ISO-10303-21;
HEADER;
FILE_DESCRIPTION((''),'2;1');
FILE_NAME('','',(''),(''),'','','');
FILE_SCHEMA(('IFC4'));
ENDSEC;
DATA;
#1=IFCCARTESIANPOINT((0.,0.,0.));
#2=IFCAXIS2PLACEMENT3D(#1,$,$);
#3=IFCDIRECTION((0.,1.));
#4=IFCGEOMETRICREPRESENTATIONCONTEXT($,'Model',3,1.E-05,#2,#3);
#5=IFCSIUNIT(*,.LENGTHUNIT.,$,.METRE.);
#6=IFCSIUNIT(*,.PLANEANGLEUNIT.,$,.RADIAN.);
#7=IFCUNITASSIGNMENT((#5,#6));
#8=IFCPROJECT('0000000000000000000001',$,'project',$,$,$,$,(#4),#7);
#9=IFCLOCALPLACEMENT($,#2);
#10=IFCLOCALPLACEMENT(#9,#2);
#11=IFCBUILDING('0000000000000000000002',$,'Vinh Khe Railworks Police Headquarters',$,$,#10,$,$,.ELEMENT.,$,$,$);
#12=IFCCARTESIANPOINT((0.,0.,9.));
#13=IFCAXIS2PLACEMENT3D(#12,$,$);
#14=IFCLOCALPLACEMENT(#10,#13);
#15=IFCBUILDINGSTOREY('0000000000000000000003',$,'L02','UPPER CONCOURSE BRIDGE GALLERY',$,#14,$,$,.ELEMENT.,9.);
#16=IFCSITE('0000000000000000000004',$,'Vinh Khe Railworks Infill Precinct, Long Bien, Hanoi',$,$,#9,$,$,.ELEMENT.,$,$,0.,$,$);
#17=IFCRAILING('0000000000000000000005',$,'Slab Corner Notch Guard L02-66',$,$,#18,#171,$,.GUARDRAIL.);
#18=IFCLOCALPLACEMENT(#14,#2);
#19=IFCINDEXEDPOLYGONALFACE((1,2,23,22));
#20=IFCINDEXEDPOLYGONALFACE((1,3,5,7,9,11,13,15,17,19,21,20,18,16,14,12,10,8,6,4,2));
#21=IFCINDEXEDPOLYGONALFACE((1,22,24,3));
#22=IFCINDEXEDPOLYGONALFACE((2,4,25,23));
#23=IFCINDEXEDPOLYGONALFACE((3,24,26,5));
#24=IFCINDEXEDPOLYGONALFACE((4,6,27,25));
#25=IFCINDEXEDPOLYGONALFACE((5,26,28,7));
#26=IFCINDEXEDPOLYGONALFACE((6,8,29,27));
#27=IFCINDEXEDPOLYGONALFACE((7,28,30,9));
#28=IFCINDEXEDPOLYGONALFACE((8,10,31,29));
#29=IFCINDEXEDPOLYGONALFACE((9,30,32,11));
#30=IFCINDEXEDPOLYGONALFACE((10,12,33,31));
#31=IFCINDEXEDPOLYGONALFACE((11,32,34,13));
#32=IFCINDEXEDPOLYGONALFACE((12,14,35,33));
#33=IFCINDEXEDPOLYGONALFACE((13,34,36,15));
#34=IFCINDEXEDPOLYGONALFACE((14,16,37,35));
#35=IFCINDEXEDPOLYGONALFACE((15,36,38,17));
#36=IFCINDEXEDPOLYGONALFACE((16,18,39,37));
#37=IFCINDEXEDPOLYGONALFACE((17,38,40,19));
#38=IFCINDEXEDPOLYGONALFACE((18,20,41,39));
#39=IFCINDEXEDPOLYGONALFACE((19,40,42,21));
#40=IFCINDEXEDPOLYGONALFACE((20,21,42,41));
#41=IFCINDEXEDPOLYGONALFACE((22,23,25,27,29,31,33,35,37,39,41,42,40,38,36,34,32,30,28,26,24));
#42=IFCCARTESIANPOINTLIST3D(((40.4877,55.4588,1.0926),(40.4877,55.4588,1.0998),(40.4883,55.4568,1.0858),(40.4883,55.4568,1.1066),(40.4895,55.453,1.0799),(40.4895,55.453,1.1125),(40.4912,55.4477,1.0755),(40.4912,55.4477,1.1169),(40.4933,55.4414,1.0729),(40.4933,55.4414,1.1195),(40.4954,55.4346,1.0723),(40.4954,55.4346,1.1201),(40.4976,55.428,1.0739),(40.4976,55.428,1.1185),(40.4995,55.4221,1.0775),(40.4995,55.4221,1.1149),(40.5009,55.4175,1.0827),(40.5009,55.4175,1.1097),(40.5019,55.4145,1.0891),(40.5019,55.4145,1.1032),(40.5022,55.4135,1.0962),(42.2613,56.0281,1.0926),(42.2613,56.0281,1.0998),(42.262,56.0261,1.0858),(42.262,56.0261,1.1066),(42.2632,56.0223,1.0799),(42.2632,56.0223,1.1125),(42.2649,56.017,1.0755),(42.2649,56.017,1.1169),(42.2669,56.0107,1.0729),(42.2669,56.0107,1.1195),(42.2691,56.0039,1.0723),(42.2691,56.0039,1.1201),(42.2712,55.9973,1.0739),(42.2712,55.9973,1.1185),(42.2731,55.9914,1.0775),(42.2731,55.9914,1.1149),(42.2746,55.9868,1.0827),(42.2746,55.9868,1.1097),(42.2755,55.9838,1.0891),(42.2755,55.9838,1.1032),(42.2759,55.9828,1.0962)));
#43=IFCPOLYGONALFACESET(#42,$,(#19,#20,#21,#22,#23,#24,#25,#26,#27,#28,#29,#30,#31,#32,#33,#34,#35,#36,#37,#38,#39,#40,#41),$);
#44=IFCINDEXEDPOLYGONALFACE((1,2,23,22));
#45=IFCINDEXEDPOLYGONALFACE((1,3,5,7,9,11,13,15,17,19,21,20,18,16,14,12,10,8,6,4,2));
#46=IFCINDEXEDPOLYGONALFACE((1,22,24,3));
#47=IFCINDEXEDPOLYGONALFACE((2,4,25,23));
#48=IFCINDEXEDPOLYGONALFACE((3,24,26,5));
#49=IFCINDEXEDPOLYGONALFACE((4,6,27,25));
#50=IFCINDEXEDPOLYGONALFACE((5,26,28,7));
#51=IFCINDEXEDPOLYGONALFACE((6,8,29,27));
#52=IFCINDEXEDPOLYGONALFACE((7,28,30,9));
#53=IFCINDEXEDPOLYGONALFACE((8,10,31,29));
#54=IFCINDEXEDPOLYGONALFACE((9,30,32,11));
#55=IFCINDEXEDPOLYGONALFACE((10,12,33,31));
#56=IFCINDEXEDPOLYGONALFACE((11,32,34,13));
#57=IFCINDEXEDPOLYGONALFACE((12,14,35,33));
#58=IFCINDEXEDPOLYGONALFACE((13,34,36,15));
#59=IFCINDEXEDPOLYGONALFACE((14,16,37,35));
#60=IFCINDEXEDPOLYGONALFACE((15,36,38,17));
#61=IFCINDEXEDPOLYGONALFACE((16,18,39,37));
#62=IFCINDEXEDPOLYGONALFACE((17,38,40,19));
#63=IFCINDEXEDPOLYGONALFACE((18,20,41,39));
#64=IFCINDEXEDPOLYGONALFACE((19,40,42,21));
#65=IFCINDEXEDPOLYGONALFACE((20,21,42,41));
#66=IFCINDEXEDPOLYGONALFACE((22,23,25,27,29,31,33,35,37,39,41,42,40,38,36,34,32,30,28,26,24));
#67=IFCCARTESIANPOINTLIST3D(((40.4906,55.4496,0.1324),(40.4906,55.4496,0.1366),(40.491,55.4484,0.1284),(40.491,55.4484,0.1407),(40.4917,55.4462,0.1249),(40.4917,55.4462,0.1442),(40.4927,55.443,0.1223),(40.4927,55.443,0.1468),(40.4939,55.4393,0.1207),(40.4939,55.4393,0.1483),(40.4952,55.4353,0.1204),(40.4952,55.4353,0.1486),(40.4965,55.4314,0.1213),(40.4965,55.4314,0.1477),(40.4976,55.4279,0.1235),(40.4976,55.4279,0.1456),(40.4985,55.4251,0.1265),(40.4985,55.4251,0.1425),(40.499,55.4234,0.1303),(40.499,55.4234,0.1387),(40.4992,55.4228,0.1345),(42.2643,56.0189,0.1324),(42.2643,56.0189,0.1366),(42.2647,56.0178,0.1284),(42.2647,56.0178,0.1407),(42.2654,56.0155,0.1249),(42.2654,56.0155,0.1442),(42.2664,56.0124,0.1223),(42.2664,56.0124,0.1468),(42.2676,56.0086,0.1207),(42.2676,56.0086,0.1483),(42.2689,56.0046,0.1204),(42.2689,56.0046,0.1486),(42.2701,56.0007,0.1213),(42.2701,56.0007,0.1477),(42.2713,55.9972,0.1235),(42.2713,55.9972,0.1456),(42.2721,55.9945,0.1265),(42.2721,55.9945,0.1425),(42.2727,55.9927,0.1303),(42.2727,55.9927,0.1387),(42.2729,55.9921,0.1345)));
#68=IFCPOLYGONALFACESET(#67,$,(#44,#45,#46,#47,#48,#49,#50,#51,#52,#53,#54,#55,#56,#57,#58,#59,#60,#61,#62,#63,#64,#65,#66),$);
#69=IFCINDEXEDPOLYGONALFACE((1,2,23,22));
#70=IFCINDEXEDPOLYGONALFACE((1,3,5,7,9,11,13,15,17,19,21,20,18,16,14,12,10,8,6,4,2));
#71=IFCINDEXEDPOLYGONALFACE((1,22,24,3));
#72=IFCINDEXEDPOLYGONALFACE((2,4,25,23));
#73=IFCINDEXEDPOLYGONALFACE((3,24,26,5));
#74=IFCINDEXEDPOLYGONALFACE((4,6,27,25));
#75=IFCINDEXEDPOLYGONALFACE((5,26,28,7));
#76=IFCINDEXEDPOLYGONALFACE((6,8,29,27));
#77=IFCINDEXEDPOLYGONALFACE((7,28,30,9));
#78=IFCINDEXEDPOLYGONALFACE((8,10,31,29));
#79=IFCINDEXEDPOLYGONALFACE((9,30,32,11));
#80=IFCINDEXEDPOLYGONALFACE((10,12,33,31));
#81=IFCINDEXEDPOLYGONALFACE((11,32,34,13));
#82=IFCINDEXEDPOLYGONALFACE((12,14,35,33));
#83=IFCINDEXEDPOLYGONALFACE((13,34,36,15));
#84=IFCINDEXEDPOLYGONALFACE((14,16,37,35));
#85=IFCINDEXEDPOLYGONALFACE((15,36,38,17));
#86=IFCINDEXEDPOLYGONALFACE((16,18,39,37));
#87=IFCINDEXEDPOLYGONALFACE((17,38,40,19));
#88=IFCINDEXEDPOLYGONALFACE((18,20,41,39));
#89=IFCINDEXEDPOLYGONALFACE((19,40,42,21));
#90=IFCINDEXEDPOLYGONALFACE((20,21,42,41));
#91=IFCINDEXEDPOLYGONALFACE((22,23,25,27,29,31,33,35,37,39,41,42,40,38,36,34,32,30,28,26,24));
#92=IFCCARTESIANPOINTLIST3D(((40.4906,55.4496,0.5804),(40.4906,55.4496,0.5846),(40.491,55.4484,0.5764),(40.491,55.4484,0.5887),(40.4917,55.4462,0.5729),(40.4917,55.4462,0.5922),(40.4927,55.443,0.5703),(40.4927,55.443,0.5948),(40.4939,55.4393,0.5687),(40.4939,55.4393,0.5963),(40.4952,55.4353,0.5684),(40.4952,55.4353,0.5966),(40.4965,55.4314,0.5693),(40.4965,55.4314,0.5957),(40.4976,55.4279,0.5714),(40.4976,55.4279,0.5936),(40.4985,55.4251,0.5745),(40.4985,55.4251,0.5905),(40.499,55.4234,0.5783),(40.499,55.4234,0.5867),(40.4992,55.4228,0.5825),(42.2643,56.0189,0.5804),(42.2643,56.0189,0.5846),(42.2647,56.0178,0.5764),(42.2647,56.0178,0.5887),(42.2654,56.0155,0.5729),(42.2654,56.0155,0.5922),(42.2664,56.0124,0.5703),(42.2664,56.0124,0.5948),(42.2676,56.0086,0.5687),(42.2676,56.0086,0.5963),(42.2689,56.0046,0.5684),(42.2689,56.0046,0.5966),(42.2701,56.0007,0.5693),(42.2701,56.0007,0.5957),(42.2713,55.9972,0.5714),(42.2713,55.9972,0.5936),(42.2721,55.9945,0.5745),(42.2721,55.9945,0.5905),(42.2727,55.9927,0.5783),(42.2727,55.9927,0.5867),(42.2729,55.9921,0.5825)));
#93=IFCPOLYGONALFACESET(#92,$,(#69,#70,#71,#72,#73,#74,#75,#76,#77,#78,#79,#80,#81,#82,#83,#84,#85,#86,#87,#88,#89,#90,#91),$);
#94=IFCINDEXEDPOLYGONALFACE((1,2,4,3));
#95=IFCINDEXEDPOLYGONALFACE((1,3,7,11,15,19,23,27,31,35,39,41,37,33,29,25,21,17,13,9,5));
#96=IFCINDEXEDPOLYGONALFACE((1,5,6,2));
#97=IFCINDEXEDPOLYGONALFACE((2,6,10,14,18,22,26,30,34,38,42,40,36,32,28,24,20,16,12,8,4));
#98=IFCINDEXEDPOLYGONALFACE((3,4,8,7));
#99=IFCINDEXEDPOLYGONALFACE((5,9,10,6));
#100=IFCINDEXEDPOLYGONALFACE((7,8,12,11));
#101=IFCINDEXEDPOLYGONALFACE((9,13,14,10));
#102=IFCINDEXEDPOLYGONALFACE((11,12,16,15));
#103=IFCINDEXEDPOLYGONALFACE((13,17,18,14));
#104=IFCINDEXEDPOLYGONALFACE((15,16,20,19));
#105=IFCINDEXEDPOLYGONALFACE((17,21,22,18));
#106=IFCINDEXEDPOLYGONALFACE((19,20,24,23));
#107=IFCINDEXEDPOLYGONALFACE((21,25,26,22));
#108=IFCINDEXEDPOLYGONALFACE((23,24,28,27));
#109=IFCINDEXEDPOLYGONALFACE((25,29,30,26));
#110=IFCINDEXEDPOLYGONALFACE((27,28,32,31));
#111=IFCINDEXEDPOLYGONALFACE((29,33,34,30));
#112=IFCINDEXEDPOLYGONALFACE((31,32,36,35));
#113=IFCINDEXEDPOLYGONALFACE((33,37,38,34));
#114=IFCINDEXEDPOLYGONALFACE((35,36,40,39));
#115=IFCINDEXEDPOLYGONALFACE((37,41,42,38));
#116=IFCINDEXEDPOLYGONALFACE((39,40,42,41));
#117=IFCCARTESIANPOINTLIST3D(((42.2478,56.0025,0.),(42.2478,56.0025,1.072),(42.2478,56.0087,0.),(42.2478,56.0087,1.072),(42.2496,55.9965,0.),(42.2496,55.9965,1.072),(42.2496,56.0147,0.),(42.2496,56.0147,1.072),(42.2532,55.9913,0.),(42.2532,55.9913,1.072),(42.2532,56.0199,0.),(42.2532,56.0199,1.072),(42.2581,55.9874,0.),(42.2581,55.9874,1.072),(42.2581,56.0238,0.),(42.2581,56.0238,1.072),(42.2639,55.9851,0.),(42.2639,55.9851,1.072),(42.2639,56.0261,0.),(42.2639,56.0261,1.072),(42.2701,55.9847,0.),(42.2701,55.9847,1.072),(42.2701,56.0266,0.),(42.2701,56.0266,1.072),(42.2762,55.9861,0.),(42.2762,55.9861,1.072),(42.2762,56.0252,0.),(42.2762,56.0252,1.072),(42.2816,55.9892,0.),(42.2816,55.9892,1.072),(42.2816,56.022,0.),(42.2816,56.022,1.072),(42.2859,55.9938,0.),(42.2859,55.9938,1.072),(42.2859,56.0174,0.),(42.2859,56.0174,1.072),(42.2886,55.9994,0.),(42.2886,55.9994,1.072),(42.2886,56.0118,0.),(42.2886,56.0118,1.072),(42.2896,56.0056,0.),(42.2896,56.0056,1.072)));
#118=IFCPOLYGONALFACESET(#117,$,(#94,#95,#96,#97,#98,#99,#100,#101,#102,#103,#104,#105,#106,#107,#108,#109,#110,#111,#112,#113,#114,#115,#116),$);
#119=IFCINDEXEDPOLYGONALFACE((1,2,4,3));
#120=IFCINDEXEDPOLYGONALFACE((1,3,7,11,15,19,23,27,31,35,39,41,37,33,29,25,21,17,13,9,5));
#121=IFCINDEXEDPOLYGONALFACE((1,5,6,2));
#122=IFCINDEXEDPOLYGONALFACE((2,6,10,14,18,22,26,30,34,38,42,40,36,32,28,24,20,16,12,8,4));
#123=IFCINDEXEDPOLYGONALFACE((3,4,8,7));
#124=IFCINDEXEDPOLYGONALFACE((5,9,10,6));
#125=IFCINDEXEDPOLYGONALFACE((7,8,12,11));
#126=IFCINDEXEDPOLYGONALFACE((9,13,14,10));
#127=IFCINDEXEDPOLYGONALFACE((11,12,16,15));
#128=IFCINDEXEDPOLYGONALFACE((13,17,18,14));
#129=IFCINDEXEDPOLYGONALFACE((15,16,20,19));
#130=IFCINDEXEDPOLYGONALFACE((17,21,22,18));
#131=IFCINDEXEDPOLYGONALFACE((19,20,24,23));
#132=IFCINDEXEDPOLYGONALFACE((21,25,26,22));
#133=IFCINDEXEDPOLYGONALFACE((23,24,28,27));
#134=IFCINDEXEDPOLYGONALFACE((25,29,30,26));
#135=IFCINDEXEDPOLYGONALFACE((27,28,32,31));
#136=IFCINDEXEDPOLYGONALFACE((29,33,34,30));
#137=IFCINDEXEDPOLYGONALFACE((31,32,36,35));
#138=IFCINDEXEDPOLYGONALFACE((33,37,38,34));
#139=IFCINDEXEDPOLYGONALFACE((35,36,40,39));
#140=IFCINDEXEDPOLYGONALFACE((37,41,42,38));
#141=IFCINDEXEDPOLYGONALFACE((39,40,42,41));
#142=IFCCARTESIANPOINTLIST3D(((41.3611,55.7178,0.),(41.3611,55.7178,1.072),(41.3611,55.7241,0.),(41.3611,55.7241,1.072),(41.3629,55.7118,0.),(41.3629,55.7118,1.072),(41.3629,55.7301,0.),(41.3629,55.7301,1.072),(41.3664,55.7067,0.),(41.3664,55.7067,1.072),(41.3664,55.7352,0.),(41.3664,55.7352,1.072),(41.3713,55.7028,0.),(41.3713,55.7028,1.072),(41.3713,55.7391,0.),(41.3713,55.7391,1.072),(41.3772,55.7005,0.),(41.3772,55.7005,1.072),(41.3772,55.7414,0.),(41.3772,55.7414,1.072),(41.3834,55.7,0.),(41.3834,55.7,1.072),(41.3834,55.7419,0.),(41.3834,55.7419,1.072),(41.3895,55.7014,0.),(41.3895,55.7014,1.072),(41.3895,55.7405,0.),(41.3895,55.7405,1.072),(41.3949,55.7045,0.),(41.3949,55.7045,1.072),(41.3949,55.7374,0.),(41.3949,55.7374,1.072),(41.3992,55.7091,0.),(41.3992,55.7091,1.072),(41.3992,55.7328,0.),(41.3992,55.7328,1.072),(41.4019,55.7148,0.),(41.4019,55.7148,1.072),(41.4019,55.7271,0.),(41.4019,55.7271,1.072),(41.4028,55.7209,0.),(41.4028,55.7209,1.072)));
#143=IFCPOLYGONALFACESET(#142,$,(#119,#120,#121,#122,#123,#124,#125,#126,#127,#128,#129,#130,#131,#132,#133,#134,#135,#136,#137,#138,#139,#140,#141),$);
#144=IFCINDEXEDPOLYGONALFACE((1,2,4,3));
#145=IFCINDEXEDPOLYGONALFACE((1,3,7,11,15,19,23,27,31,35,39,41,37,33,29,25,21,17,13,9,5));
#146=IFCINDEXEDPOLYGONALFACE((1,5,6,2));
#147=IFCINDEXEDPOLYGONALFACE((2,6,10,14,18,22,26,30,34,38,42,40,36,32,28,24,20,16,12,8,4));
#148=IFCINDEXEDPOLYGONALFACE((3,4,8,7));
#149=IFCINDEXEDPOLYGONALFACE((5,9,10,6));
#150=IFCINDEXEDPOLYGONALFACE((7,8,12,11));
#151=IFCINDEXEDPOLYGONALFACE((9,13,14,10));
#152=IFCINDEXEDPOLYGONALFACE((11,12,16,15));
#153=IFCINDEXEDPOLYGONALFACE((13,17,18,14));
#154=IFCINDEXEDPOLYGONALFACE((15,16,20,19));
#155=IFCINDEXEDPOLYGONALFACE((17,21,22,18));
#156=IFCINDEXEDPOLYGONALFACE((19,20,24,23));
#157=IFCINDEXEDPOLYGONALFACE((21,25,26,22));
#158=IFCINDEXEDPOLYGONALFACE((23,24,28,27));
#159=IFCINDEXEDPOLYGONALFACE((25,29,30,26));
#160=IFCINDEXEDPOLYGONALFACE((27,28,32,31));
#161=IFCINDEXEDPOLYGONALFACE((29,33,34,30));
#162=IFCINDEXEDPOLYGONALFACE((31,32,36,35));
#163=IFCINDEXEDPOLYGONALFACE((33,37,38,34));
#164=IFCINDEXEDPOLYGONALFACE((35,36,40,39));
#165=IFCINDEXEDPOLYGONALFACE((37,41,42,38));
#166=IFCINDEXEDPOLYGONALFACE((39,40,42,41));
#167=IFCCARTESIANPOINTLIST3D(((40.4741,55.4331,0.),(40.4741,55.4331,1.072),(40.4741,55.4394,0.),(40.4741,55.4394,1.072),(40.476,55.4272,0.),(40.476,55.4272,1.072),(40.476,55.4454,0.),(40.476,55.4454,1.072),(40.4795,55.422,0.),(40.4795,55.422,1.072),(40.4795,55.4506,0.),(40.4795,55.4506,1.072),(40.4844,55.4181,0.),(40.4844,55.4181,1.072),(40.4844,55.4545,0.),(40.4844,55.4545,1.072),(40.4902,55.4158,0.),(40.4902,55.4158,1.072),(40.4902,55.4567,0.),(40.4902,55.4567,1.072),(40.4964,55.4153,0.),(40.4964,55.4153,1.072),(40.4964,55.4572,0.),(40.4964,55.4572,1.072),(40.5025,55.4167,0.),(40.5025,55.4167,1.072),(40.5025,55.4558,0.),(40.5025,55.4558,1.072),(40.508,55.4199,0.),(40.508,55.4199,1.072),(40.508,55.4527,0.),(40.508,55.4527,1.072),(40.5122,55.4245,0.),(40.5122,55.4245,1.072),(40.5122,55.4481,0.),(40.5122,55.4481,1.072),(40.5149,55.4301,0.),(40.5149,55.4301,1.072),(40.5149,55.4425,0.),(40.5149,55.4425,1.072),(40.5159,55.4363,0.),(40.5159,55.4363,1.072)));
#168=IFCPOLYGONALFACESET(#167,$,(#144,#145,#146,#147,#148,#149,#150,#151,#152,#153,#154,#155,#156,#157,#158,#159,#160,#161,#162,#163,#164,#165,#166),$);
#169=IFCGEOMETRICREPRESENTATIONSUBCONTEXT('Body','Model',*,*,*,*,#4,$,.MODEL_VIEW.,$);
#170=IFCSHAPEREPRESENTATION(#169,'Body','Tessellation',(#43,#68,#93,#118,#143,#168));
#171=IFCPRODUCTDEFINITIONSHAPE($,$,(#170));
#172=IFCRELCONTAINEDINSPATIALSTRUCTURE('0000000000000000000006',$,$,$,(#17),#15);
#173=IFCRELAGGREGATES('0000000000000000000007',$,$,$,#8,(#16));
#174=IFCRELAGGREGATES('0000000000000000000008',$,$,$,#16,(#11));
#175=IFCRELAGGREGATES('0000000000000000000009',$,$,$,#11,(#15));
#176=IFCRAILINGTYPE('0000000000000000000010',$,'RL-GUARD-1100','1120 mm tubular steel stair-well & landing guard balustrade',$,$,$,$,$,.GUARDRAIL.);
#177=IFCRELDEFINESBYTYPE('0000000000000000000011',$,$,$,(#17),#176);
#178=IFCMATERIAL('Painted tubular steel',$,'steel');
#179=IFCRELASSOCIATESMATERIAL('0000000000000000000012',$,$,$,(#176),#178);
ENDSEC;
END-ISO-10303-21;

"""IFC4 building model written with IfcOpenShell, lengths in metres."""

from ifc_helpers import new_model, si_unit, direction, frame, origin, origin_2d, place, context, subcontext, project, spatial, circle, extrude, material, type_object, element, save


model = new_model("IFC4")

# Units and contexts
model_context = context("Model", 3, precision=1e-05, world=origin(), true_north=direction((0.0, 1.0)))
body_context = subcontext(model_context, "Body", "Model", "MODEL_VIEW")
ifc_project = project(units=[si_unit("LENGTHUNIT", "METRE"), si_unit("PLANEANGLEUNIT", "RADIAN")], contexts=[model_context])

# Site, building, storey
site_placement = place(None, origin())
site = spatial("IfcSite", under=ifc_project, at=site_placement, Name="Vinh Khe Railworks Infill Precinct, Long Bien, Hanoi", CompositionType="ELEMENT", RefElevation=0.0)
building_placement = place(site_placement, origin())
building = spatial("IfcBuilding", under=site, at=building_placement, Name="Vinh Khe Railworks Police Headquarters", CompositionType="ELEMENT")
storey_placement = place(building_placement, frame((0.0, 0.0, 9.0)))
storey = spatial("IfcBuildingStorey", under=building, at=storey_placement, Name="L02", Description="UPPER CONCOURSE BRIDGE GALLERY", CompositionType="ELEMENT", Elevation=9.0)

# Railing
ifc_material_1 = material(Name="Painted tubular steel", Category="steel")
railing_type = type_object("IfcRailingType", Name="RL-GUARD-1100", Description="1120 mm tubular steel stair-well & landing guard balustrade", PredefinedType="GUARDRAIL", material=ifc_material_1)
railing_1_placement = place(storey_placement, frame((42.2686, 56.0056, 0.0)))
element("IfcRailing", 1, at=railing_1_placement, inside=storey, type_object=railing_type, Name="Slab Corner Notch Guard L02-66", PredefinedType="GUARDRAIL", context=body_context, shape_type="SweptSolid", body=[
    extrude(circle(Radius=0.0239, at=origin_2d()), frame((0.0, 0.0, 1.0962), z_axis=(-0.95215, -0.305632, 0.0), x_axis=(0.305632, -0.95215, 0.0)), (0.0, 0.0, 1.0), 1.8628),
    extrude(circle(Radius=0.0142, at=origin_2d()), frame((0.0, 0.0, 0.1345), z_axis=(-0.95215, -0.305632, 0.0), x_axis=(0.305632, -0.95215, 0.0)), (0.0, 0.0, 1.0), 1.8628),
    extrude(circle(Radius=0.0142, at=origin_2d()), frame((0.0, 0.0, 0.5825), z_axis=(-0.95215, -0.305632, 0.0), x_axis=(0.305632, -0.95215, 0.0)), (0.0, 0.0, 1.0), 1.8628),
    extrude(circle(Radius=0.021, at=origin_2d()), origin(), (0.0, 0.0, 1.0), 1.072),
    extrude(circle(Radius=0.021, at=origin_2d()), frame((-0.8867, -0.2847, 0.0)), (0.0, 0.0, 1.0), 1.072),
    extrude(circle(Radius=0.021, at=origin_2d()), frame((-1.7737, -0.5693, 0.0)), (0.0, 0.0, 1.0), 1.072),
])

save(model, "model.ifc")
